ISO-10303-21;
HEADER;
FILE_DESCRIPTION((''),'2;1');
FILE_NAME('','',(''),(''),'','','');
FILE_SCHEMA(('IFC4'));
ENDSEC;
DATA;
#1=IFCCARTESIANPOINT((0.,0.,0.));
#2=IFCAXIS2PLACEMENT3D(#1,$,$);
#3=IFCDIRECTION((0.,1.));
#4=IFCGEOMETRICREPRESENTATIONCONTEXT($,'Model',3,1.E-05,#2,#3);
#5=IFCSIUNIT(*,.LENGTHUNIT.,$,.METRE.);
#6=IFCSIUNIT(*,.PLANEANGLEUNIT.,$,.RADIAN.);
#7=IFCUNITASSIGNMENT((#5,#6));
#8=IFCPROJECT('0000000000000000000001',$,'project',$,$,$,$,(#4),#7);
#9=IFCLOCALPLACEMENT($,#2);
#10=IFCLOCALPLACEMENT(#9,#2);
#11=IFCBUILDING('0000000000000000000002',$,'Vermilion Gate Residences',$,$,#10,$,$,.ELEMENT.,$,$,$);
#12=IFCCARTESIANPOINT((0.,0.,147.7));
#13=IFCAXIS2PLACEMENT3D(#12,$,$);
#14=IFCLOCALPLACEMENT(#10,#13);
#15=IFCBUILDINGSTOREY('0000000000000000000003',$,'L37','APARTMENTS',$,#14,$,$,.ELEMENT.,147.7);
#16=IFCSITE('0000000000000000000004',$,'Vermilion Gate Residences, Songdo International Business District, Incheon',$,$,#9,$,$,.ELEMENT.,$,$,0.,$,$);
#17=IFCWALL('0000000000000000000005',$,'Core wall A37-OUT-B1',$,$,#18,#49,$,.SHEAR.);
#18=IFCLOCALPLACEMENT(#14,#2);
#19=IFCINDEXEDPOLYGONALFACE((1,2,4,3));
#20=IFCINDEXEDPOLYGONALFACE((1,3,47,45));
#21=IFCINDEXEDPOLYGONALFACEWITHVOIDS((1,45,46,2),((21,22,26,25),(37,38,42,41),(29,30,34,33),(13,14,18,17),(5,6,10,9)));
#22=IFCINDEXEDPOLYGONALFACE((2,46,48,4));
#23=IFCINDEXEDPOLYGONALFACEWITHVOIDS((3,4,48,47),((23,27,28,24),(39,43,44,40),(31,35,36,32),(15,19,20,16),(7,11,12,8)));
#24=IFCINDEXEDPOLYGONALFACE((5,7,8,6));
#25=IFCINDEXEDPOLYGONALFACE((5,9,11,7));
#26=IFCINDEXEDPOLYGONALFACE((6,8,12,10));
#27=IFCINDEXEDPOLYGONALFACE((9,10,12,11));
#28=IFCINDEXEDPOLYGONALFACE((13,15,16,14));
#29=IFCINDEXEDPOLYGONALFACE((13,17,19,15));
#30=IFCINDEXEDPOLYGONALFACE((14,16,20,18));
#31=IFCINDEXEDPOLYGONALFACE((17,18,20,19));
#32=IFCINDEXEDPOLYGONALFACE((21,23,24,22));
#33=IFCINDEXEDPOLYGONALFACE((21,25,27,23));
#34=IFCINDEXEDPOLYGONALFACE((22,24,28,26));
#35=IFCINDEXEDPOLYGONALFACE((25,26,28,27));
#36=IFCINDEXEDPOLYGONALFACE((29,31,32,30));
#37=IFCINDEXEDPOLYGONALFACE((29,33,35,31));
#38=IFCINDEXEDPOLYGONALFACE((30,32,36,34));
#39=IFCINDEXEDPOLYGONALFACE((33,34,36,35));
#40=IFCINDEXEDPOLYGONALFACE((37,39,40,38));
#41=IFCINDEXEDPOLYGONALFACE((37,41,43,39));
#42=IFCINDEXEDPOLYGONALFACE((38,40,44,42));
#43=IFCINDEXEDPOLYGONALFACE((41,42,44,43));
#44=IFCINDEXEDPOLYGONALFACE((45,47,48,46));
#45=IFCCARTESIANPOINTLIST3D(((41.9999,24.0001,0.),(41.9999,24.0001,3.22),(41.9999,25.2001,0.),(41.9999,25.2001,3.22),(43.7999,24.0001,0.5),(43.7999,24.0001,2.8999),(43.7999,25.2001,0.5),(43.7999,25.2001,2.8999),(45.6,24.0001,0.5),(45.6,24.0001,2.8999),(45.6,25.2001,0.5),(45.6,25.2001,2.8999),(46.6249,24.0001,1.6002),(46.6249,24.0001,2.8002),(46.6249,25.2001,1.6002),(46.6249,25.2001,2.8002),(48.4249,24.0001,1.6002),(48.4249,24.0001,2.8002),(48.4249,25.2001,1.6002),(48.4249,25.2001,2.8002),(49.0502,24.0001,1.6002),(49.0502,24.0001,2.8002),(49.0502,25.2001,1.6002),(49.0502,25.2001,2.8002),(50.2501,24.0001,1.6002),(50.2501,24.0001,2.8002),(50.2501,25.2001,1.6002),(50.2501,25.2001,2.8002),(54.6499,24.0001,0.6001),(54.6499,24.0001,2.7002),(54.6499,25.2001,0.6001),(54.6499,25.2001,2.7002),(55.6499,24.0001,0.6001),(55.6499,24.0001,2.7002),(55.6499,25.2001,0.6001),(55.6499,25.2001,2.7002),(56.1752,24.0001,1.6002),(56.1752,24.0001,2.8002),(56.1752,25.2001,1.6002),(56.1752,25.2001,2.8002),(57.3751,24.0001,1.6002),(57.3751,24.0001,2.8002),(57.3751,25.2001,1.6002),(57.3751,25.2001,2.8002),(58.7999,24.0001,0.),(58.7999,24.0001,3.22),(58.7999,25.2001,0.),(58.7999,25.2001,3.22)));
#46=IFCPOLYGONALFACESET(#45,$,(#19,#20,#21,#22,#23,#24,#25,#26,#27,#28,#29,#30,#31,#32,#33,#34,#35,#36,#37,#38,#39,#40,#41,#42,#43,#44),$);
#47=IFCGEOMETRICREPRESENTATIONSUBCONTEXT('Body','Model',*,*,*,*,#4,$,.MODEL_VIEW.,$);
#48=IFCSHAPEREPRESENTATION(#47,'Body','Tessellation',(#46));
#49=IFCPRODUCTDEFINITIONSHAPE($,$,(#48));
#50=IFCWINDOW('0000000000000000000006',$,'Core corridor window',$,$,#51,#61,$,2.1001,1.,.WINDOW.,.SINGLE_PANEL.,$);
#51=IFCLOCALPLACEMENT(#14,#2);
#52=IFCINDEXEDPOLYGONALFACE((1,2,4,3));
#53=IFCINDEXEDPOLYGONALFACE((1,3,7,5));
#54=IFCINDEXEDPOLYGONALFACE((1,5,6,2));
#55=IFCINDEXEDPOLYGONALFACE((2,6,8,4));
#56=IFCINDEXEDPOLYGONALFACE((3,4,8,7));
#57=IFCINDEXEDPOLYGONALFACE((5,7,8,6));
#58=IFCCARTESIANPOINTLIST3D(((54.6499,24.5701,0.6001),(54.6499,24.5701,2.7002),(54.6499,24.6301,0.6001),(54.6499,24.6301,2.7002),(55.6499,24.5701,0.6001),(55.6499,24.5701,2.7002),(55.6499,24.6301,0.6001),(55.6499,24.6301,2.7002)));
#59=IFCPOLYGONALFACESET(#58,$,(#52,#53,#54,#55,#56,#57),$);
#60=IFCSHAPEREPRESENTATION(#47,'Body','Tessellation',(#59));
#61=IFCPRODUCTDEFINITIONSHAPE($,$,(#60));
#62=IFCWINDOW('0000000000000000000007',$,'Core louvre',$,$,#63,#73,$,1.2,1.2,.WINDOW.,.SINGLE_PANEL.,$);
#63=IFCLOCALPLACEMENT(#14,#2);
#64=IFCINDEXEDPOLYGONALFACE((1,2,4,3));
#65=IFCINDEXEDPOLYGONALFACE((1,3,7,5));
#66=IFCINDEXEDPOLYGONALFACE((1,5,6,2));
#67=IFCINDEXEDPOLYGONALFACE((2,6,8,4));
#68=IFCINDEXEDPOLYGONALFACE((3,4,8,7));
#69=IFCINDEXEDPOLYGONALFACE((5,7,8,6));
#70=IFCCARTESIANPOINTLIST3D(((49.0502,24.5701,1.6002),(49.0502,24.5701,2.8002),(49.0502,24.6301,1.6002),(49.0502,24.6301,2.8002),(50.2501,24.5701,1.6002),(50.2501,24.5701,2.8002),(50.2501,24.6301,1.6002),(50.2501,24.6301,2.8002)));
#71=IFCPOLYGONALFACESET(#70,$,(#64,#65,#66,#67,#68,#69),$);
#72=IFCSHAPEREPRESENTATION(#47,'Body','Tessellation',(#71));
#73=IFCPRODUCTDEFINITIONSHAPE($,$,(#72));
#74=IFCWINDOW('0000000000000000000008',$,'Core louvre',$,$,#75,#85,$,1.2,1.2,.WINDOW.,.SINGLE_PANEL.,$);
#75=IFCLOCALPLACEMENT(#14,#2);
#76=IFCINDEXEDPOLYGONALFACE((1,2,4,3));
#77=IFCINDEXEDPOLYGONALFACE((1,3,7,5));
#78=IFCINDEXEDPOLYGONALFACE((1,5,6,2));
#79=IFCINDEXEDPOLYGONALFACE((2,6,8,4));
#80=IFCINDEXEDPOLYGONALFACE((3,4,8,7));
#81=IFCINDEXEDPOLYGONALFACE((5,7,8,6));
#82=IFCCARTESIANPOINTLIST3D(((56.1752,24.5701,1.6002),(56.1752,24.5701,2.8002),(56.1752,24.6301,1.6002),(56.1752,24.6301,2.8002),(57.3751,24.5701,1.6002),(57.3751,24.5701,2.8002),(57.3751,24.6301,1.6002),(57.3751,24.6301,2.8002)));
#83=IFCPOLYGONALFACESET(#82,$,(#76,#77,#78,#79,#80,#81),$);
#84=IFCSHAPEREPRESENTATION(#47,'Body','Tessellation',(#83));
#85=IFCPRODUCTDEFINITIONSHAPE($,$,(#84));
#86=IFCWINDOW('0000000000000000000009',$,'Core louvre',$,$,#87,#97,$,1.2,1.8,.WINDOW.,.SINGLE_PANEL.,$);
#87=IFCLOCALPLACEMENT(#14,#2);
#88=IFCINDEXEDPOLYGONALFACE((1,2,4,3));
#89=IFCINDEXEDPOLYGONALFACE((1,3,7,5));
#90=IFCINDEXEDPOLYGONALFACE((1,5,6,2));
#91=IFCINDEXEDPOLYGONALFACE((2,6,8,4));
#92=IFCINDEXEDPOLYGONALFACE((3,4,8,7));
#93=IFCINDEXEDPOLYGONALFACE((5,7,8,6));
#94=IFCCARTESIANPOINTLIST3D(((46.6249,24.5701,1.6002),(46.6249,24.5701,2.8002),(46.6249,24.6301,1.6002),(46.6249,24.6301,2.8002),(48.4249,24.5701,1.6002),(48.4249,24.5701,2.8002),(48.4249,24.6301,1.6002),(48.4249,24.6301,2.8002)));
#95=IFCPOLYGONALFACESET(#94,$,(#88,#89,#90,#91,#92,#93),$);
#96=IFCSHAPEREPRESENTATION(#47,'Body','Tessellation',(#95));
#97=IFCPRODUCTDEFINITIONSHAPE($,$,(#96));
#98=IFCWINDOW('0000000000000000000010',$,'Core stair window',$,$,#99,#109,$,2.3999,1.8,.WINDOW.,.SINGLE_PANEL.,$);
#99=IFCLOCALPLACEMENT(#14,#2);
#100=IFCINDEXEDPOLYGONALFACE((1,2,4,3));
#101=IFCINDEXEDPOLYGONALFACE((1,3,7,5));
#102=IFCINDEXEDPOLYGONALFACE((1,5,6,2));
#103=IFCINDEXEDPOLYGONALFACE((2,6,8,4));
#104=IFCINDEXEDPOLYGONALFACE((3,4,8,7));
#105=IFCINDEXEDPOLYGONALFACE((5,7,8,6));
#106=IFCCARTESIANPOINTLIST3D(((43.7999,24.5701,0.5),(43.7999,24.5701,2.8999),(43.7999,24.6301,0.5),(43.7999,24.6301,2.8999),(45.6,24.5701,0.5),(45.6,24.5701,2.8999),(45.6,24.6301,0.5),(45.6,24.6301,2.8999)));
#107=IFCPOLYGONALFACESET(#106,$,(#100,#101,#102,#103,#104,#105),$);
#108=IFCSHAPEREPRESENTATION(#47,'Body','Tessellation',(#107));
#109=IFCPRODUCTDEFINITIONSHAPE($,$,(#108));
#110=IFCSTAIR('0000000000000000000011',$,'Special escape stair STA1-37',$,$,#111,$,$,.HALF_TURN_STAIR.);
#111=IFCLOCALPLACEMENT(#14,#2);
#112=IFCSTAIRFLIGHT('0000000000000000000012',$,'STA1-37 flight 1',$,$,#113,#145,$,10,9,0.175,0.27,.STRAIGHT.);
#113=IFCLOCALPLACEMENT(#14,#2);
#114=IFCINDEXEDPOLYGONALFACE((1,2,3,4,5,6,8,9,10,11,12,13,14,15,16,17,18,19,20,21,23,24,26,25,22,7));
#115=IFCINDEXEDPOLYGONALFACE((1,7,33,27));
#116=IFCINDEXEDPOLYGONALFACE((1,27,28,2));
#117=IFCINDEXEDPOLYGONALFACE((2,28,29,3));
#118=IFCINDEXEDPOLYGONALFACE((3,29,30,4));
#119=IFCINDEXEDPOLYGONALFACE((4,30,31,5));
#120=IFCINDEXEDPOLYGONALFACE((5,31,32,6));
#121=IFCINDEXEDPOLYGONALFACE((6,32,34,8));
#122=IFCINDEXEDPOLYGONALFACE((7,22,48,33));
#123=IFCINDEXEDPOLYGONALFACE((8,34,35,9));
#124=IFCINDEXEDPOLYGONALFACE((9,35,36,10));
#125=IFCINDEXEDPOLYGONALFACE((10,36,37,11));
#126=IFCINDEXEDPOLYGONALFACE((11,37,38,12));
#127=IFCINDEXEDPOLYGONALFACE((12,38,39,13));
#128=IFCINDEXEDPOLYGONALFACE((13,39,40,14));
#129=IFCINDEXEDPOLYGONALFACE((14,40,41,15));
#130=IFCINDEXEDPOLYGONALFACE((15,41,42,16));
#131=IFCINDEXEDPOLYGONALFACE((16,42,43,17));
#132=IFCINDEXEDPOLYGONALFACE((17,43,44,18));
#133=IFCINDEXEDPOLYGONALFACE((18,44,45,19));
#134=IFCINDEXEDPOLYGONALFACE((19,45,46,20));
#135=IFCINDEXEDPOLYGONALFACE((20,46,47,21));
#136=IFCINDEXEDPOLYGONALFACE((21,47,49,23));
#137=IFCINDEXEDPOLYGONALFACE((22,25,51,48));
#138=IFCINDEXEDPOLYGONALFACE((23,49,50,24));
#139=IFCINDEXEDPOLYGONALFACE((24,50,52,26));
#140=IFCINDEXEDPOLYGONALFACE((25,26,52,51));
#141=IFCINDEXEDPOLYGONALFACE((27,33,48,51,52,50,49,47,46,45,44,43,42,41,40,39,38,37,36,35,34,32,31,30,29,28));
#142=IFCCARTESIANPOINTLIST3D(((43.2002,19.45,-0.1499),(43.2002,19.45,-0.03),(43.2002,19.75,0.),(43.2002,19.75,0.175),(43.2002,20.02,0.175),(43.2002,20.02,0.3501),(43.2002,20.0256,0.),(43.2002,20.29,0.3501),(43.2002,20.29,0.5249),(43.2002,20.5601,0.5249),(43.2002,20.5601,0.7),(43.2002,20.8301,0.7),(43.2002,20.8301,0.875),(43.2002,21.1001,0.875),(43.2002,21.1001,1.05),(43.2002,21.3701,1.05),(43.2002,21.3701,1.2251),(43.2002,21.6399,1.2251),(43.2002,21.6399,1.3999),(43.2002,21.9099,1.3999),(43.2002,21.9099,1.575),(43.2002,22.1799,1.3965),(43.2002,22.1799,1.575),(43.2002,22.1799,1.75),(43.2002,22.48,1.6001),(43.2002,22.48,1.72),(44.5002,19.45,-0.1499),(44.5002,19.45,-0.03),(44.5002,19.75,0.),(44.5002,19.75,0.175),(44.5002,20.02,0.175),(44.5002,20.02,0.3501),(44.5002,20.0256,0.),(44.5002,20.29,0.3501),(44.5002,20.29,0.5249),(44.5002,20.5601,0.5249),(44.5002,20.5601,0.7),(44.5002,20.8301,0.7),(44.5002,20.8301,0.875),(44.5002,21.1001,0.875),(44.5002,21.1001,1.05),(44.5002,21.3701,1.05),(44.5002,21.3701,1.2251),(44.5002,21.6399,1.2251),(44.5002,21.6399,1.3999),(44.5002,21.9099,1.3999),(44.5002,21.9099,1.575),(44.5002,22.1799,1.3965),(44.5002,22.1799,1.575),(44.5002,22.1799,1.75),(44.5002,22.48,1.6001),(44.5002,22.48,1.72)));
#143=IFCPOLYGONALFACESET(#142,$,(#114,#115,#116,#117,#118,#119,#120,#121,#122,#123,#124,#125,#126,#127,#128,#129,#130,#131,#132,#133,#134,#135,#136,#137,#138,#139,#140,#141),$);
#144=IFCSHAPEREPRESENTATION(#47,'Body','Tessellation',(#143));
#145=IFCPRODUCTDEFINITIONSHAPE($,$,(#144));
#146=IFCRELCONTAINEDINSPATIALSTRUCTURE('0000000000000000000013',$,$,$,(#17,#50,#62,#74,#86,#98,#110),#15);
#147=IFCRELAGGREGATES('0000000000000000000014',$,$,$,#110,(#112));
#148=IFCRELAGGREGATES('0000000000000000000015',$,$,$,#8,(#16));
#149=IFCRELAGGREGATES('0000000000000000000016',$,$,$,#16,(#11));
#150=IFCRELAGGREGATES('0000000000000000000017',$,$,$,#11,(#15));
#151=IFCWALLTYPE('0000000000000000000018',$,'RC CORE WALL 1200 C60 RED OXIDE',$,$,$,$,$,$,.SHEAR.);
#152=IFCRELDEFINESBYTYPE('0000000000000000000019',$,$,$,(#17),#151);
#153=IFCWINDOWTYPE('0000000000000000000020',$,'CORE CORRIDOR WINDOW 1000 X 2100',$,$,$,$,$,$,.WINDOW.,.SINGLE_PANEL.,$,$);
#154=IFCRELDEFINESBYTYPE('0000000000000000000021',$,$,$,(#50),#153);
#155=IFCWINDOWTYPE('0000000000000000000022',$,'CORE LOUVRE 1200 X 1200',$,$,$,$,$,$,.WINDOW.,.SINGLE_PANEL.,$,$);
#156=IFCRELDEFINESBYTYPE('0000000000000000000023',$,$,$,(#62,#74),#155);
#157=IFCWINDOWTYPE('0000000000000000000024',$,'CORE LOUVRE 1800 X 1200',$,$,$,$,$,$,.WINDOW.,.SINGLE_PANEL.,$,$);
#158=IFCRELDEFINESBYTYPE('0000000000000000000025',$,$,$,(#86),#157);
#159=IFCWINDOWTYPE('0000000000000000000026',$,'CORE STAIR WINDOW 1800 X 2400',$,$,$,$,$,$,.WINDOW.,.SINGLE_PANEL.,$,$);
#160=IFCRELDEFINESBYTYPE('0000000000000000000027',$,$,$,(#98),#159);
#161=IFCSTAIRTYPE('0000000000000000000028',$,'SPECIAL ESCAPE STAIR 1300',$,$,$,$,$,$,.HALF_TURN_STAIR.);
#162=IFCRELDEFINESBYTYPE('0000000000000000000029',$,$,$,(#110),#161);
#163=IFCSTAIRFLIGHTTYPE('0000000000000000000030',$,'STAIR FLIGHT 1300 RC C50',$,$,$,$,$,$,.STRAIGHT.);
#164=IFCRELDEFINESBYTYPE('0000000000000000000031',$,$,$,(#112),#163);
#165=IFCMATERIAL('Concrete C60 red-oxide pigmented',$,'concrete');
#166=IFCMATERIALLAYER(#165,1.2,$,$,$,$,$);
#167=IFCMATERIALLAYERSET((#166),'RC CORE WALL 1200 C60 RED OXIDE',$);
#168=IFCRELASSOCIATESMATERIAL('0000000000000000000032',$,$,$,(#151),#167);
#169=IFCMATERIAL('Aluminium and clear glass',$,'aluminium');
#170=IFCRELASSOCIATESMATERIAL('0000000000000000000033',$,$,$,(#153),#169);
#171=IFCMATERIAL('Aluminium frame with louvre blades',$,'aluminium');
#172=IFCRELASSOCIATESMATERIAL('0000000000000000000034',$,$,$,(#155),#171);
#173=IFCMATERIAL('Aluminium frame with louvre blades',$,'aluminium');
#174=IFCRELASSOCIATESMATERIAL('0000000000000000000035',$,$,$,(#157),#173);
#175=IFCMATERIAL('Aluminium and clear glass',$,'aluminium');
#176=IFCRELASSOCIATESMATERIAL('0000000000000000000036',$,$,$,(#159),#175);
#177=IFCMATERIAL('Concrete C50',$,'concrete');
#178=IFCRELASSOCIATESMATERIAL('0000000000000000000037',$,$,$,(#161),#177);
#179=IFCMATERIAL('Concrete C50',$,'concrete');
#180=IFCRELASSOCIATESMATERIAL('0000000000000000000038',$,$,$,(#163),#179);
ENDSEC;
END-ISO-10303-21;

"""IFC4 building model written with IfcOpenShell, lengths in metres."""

from ifc_helpers import new_model, si_unit, direction, frame, frame_2d, origin, place, context, subcontext, project, spatial, polyline, rectangle, outline, extrude, material, layer, layer_set, type_object, element, fill, aggregate, save


model = new_model("IFC4")

# Units and contexts
model_context = context("Model", 3, precision=1e-05, world=origin(), true_north=direction((0.0, 1.0)))
body_context = subcontext(model_context, "Body", "Model", "MODEL_VIEW")
ifc_project = project(units=[si_unit("LENGTHUNIT", "METRE"), si_unit("PLANEANGLEUNIT", "RADIAN")], contexts=[model_context])

# Site, building, storey
site_placement = place(None, origin())
site = spatial("IfcSite", under=ifc_project, at=site_placement, Name="Vermilion Gate Residences, Songdo International Business District, Incheon", CompositionType="ELEMENT", RefElevation=0.0)
building_placement = place(site_placement, origin())
building = spatial("IfcBuilding", under=site, at=building_placement, Name="Vermilion Gate Residences", CompositionType="ELEMENT")
storey_placement = place(building_placement, frame((0.0, 0.0, 147.7)))
storey = spatial("IfcBuildingStorey", under=building, at=storey_placement, Name="L37", Description="APARTMENTS", CompositionType="ELEMENT", Elevation=147.7)

# Wall, openings, windows
ifc_material_1 = material(Name="Concrete C60 red-oxide pigmented", Category="concrete")
ifc_layer_1 = layer(ifc_material_1, 1.2)
ifc_layer_set_1 = layer_set([ifc_layer_1], Name="RC CORE WALL 1200 C60 RED OXIDE")
wall_type_1 = type_object("IfcWallType", Name="RC CORE WALL 1200 C60 RED OXIDE", PredefinedType="SHEAR", material=ifc_layer_set_1)
wall_1_placement = place(storey_placement, frame((42.0, 24.6001, 0.0), z_axis=(0.0, 0.0, 1.0), x_axis=(1.0, 0.0, 0.0)))
wall_1 = element("IfcWall", 1, at=wall_1_placement, inside=storey, type_object=wall_type_1, Name="Core wall A37-OUT-B1", PredefinedType="SHEAR", context=body_context, shape_type="SweptSolid", body=[
    extrude(rectangle(XDim=16.8, YDim=1.2, at=frame_2d((8.3999, 0.0))), origin(), (0.0, 0.0, 1.0), 3.22),
])
opening_1_placement = place(wall_1_placement, frame((1.8, 0.0, 0.5)))
opening_1 = element("IfcOpeningElement", 2, at=opening_1_placement, cuts=wall_1, PredefinedType="OPENING", context=body_context, shape_type="SweptSolid", body=[
    extrude(rectangle(XDim=1.8, YDim=2.3999, at=frame_2d((0.8999, 1.2))), frame((0.0, 0.6099, 0.0), z_axis=(0.0, -1.0, 0.0), x_axis=(1.0, 0.0, 0.0)), (0.0, 0.0, 1.0), 1.22),
])
opening_2_placement = place(wall_1_placement, frame((4.625, 0.0, 1.6001)))
opening_2 = element("IfcOpeningElement", 3, at=opening_2_placement, cuts=wall_1, PredefinedType="OPENING", context=body_context, shape_type="SweptSolid", body=[
    extrude(rectangle(XDim=1.8, YDim=1.2, at=frame_2d((0.8999, 0.6001))), frame((0.0, 0.6099, 0.0), z_axis=(0.0, -1.0, 0.0), x_axis=(1.0, 0.0, 0.0)), (0.0, 0.0, 1.0), 1.22),
])
opening_3_placement = place(wall_1_placement, frame((7.05, 0.0, 1.6001)))
opening_3 = element("IfcOpeningElement", 4, at=opening_3_placement, cuts=wall_1, PredefinedType="OPENING", context=body_context, shape_type="SweptSolid", body=[
    extrude(rectangle(XDim=1.2, YDim=1.2, at=frame_2d((0.6001, 0.6001))), frame((0.0, 0.6099, 0.0), z_axis=(0.0, -1.0, 0.0), x_axis=(1.0, 0.0, 0.0)), (0.0, 0.0, 1.0), 1.22),
])
opening_4_placement = place(wall_1_placement, frame((12.6499, 0.0, 0.6001)))
opening_4 = element("IfcOpeningElement", 5, at=opening_4_placement, cuts=wall_1, PredefinedType="OPENING", context=body_context, shape_type="SweptSolid", body=[
    extrude(rectangle(XDim=1.0, YDim=2.1001, at=frame_2d((0.5, 1.05))), frame((0.0, 0.6099, 0.0), z_axis=(0.0, -1.0, 0.0), x_axis=(1.0, 0.0, 0.0)), (0.0, 0.0, 1.0), 1.22),
])
opening_5_placement = place(wall_1_placement, frame((14.175, 0.0, 1.6001)))
opening_5 = element("IfcOpeningElement", 6, at=opening_5_placement, cuts=wall_1, PredefinedType="OPENING", context=body_context, shape_type="SweptSolid", body=[
    extrude(rectangle(XDim=1.2, YDim=1.2, at=frame_2d((0.6001, 0.6001))), frame((0.0, 0.6099, 0.0), z_axis=(0.0, -1.0, 0.0), x_axis=(1.0, 0.0, 0.0)), (0.0, 0.0, 1.0), 1.22),
])
ifc_material_2 = material(Name="Aluminium and clear glass", Category="aluminium")
window_type_1 = type_object("IfcWindowType", Name="CORE CORRIDOR WINDOW 1000 X 2100", PartitioningType="SINGLE_PANEL", PredefinedType="WINDOW", material=ifc_material_2)
window_1_placement = place(opening_4_placement, origin())
window_1 = element("IfcWindow", 7, at=window_1_placement, inside=storey, type_object=window_type_1, Name="Core corridor window", OverallHeight=2.1001, OverallWidth=1.0, PartitioningType="SINGLE_PANEL", PredefinedType="WINDOW", context=body_context, shape_type="SweptSolid", body=[
    extrude(rectangle(XDim=1.0, YDim=2.1001, at=frame_2d((0.5, 1.05))), frame((0.0, 0.03, 0.0), z_axis=(0.0, -1.0, 0.0), x_axis=(1.0, 0.0, 0.0)), (0.0, 0.0, 1.0), 0.0601),
])
fill(opening_4, window_1)
ifc_material_3 = material(Name="Aluminium frame with louvre blades", Category="aluminium")
window_type_2 = type_object("IfcWindowType", Name="CORE LOUVRE 1200 X 1200", PartitioningType="SINGLE_PANEL", PredefinedType="WINDOW", material=ifc_material_3)
window_2_placement = place(opening_3_placement, origin())
window_2 = element("IfcWindow", 8, at=window_2_placement, inside=storey, type_object=window_type_2, Name="Core louvre", OverallHeight=1.2, OverallWidth=1.2, PartitioningType="SINGLE_PANEL", PredefinedType="WINDOW", context=body_context, shape_type="SweptSolid", body=[
    extrude(rectangle(XDim=1.2, YDim=1.2, at=frame_2d((0.6001, 0.6001))), frame((0.0, 0.03, 0.0), z_axis=(0.0, -1.0, 0.0), x_axis=(1.0, 0.0, 0.0)), (0.0, 0.0, 1.0), 0.0601),
])
fill(opening_3, window_2)
window_3_placement = place(opening_5_placement, origin())
window_3 = element("IfcWindow", 9, at=window_3_placement, inside=storey, type_object=window_type_2, Name="Core louvre", OverallHeight=1.2, OverallWidth=1.2, PartitioningType="SINGLE_PANEL", PredefinedType="WINDOW", context=body_context, shape_type="SweptSolid", body=[
    extrude(rectangle(XDim=1.2, YDim=1.2, at=frame_2d((0.6001, 0.6001))), frame((0.0, 0.03, 0.0), z_axis=(0.0, -1.0, 0.0), x_axis=(1.0, 0.0, 0.0)), (0.0, 0.0, 1.0), 0.0601),
])
fill(opening_5, window_3)
ifc_material_4 = material(Name="Aluminium frame with louvre blades", Category="aluminium")
window_type_3 = type_object("IfcWindowType", Name="CORE LOUVRE 1800 X 1200", PartitioningType="SINGLE_PANEL", PredefinedType="WINDOW", material=ifc_material_4)
window_4_placement = place(opening_2_placement, origin())
window_4 = element("IfcWindow", 10, at=window_4_placement, inside=storey, type_object=window_type_3, Name="Core louvre", OverallHeight=1.2, OverallWidth=1.8, PartitioningType="SINGLE_PANEL", PredefinedType="WINDOW", context=body_context, shape_type="SweptSolid", body=[
    extrude(rectangle(XDim=1.8, YDim=1.2, at=frame_2d((0.8999, 0.6001))), frame((0.0, 0.03, 0.0), z_axis=(0.0, -1.0, 0.0), x_axis=(1.0, 0.0, 0.0)), (0.0, 0.0, 1.0), 0.0601),
])
fill(opening_2, window_4)
ifc_material_5 = material(Name="Aluminium and clear glass", Category="aluminium")
window_type_4 = type_object("IfcWindowType", Name="CORE STAIR WINDOW 1800 X 2400", PartitioningType="SINGLE_PANEL", PredefinedType="WINDOW", material=ifc_material_5)
window_5_placement = place(opening_1_placement, origin())
window_5 = element("IfcWindow", 11, at=window_5_placement, inside=storey, type_object=window_type_4, Name="Core stair window", OverallHeight=2.3999, OverallWidth=1.8, PartitioningType="SINGLE_PANEL", PredefinedType="WINDOW", context=body_context, shape_type="SweptSolid", body=[
    extrude(rectangle(XDim=1.8, YDim=2.3999, at=frame_2d((0.8999, 1.2))), frame((0.0, 0.03, 0.0), z_axis=(0.0, -1.0, 0.0), x_axis=(1.0, 0.0, 0.0)), (0.0, 0.0, 1.0), 0.0601),
])
fill(opening_1, window_5)

# Stair, stair flight
ifc_material_6 = material(Name="Concrete C50", Category="concrete")
stair_type = type_object("IfcStairType", Name="SPECIAL ESCAPE STAIR 1300", PredefinedType="HALF_TURN_STAIR", material=ifc_material_6)
stair_placement = place(storey_placement, origin())
stair = element("IfcStair", 12, at=stair_placement, inside=storey, type_object=stair_type, Name="Special escape stair STA1-37", PredefinedType="HALF_TURN_STAIR")
ifc_material_7 = material(Name="Concrete C50", Category="concrete")
stair_flight_type = type_object("IfcStairFlightType", Name="STAIR FLIGHT 1300 RC C50", PredefinedType="STRAIGHT", material=ifc_material_7)
stair_flight_1_placement = place(storey_placement, frame((43.8501, 19.75, 0.0), z_axis=(0.0, 0.0, 1.0), x_axis=(0.0, 1.0, 0.0)))
stair_flight_1 = element("IfcStairFlight", 13, at=stair_flight_1_placement, type_object=stair_flight_type, Name="STA1-37 flight 1", NumberOfRisers=10, NumberOfTreads=9, PredefinedType="STRAIGHT", RiserHeight=0.175, TreadLength=0.27, context=body_context, shape_type="SweptSolid", body=[
    extrude(outline(polyline([(-0.3, -0.1499), (-0.3, -0.03), (0.0, 0.0), (0.0, 0.175), (0.27, 0.175), (0.27, 0.3501), (0.54, 0.3501), (0.54, 0.5249), (0.8101, 0.5249), (0.8101, 0.7), (1.0801, 0.7), (1.0801, 0.875), (1.3501, 0.875), (1.3501, 1.05), (1.6201, 1.05), (1.6201, 1.2251), (1.8899, 1.2251), (1.8899, 1.3999), (2.1599, 1.3999), (2.1599, 1.575), (2.4299, 1.575), (2.4299, 1.75), (2.73, 1.72), (2.73, 1.6001), (2.4299, 1.3965), (0.2756, 0.0), (-0.3, -0.1499)])), frame((0.0, 0.6499, 0.0), z_axis=(0.0, -1.0, 0.0), x_axis=(1.0, 0.0, 0.0)), (0.0, 0.0, 1.0), 1.3),
])
aggregate(stair, [stair_flight_1])

save(model, "model.ifc")
